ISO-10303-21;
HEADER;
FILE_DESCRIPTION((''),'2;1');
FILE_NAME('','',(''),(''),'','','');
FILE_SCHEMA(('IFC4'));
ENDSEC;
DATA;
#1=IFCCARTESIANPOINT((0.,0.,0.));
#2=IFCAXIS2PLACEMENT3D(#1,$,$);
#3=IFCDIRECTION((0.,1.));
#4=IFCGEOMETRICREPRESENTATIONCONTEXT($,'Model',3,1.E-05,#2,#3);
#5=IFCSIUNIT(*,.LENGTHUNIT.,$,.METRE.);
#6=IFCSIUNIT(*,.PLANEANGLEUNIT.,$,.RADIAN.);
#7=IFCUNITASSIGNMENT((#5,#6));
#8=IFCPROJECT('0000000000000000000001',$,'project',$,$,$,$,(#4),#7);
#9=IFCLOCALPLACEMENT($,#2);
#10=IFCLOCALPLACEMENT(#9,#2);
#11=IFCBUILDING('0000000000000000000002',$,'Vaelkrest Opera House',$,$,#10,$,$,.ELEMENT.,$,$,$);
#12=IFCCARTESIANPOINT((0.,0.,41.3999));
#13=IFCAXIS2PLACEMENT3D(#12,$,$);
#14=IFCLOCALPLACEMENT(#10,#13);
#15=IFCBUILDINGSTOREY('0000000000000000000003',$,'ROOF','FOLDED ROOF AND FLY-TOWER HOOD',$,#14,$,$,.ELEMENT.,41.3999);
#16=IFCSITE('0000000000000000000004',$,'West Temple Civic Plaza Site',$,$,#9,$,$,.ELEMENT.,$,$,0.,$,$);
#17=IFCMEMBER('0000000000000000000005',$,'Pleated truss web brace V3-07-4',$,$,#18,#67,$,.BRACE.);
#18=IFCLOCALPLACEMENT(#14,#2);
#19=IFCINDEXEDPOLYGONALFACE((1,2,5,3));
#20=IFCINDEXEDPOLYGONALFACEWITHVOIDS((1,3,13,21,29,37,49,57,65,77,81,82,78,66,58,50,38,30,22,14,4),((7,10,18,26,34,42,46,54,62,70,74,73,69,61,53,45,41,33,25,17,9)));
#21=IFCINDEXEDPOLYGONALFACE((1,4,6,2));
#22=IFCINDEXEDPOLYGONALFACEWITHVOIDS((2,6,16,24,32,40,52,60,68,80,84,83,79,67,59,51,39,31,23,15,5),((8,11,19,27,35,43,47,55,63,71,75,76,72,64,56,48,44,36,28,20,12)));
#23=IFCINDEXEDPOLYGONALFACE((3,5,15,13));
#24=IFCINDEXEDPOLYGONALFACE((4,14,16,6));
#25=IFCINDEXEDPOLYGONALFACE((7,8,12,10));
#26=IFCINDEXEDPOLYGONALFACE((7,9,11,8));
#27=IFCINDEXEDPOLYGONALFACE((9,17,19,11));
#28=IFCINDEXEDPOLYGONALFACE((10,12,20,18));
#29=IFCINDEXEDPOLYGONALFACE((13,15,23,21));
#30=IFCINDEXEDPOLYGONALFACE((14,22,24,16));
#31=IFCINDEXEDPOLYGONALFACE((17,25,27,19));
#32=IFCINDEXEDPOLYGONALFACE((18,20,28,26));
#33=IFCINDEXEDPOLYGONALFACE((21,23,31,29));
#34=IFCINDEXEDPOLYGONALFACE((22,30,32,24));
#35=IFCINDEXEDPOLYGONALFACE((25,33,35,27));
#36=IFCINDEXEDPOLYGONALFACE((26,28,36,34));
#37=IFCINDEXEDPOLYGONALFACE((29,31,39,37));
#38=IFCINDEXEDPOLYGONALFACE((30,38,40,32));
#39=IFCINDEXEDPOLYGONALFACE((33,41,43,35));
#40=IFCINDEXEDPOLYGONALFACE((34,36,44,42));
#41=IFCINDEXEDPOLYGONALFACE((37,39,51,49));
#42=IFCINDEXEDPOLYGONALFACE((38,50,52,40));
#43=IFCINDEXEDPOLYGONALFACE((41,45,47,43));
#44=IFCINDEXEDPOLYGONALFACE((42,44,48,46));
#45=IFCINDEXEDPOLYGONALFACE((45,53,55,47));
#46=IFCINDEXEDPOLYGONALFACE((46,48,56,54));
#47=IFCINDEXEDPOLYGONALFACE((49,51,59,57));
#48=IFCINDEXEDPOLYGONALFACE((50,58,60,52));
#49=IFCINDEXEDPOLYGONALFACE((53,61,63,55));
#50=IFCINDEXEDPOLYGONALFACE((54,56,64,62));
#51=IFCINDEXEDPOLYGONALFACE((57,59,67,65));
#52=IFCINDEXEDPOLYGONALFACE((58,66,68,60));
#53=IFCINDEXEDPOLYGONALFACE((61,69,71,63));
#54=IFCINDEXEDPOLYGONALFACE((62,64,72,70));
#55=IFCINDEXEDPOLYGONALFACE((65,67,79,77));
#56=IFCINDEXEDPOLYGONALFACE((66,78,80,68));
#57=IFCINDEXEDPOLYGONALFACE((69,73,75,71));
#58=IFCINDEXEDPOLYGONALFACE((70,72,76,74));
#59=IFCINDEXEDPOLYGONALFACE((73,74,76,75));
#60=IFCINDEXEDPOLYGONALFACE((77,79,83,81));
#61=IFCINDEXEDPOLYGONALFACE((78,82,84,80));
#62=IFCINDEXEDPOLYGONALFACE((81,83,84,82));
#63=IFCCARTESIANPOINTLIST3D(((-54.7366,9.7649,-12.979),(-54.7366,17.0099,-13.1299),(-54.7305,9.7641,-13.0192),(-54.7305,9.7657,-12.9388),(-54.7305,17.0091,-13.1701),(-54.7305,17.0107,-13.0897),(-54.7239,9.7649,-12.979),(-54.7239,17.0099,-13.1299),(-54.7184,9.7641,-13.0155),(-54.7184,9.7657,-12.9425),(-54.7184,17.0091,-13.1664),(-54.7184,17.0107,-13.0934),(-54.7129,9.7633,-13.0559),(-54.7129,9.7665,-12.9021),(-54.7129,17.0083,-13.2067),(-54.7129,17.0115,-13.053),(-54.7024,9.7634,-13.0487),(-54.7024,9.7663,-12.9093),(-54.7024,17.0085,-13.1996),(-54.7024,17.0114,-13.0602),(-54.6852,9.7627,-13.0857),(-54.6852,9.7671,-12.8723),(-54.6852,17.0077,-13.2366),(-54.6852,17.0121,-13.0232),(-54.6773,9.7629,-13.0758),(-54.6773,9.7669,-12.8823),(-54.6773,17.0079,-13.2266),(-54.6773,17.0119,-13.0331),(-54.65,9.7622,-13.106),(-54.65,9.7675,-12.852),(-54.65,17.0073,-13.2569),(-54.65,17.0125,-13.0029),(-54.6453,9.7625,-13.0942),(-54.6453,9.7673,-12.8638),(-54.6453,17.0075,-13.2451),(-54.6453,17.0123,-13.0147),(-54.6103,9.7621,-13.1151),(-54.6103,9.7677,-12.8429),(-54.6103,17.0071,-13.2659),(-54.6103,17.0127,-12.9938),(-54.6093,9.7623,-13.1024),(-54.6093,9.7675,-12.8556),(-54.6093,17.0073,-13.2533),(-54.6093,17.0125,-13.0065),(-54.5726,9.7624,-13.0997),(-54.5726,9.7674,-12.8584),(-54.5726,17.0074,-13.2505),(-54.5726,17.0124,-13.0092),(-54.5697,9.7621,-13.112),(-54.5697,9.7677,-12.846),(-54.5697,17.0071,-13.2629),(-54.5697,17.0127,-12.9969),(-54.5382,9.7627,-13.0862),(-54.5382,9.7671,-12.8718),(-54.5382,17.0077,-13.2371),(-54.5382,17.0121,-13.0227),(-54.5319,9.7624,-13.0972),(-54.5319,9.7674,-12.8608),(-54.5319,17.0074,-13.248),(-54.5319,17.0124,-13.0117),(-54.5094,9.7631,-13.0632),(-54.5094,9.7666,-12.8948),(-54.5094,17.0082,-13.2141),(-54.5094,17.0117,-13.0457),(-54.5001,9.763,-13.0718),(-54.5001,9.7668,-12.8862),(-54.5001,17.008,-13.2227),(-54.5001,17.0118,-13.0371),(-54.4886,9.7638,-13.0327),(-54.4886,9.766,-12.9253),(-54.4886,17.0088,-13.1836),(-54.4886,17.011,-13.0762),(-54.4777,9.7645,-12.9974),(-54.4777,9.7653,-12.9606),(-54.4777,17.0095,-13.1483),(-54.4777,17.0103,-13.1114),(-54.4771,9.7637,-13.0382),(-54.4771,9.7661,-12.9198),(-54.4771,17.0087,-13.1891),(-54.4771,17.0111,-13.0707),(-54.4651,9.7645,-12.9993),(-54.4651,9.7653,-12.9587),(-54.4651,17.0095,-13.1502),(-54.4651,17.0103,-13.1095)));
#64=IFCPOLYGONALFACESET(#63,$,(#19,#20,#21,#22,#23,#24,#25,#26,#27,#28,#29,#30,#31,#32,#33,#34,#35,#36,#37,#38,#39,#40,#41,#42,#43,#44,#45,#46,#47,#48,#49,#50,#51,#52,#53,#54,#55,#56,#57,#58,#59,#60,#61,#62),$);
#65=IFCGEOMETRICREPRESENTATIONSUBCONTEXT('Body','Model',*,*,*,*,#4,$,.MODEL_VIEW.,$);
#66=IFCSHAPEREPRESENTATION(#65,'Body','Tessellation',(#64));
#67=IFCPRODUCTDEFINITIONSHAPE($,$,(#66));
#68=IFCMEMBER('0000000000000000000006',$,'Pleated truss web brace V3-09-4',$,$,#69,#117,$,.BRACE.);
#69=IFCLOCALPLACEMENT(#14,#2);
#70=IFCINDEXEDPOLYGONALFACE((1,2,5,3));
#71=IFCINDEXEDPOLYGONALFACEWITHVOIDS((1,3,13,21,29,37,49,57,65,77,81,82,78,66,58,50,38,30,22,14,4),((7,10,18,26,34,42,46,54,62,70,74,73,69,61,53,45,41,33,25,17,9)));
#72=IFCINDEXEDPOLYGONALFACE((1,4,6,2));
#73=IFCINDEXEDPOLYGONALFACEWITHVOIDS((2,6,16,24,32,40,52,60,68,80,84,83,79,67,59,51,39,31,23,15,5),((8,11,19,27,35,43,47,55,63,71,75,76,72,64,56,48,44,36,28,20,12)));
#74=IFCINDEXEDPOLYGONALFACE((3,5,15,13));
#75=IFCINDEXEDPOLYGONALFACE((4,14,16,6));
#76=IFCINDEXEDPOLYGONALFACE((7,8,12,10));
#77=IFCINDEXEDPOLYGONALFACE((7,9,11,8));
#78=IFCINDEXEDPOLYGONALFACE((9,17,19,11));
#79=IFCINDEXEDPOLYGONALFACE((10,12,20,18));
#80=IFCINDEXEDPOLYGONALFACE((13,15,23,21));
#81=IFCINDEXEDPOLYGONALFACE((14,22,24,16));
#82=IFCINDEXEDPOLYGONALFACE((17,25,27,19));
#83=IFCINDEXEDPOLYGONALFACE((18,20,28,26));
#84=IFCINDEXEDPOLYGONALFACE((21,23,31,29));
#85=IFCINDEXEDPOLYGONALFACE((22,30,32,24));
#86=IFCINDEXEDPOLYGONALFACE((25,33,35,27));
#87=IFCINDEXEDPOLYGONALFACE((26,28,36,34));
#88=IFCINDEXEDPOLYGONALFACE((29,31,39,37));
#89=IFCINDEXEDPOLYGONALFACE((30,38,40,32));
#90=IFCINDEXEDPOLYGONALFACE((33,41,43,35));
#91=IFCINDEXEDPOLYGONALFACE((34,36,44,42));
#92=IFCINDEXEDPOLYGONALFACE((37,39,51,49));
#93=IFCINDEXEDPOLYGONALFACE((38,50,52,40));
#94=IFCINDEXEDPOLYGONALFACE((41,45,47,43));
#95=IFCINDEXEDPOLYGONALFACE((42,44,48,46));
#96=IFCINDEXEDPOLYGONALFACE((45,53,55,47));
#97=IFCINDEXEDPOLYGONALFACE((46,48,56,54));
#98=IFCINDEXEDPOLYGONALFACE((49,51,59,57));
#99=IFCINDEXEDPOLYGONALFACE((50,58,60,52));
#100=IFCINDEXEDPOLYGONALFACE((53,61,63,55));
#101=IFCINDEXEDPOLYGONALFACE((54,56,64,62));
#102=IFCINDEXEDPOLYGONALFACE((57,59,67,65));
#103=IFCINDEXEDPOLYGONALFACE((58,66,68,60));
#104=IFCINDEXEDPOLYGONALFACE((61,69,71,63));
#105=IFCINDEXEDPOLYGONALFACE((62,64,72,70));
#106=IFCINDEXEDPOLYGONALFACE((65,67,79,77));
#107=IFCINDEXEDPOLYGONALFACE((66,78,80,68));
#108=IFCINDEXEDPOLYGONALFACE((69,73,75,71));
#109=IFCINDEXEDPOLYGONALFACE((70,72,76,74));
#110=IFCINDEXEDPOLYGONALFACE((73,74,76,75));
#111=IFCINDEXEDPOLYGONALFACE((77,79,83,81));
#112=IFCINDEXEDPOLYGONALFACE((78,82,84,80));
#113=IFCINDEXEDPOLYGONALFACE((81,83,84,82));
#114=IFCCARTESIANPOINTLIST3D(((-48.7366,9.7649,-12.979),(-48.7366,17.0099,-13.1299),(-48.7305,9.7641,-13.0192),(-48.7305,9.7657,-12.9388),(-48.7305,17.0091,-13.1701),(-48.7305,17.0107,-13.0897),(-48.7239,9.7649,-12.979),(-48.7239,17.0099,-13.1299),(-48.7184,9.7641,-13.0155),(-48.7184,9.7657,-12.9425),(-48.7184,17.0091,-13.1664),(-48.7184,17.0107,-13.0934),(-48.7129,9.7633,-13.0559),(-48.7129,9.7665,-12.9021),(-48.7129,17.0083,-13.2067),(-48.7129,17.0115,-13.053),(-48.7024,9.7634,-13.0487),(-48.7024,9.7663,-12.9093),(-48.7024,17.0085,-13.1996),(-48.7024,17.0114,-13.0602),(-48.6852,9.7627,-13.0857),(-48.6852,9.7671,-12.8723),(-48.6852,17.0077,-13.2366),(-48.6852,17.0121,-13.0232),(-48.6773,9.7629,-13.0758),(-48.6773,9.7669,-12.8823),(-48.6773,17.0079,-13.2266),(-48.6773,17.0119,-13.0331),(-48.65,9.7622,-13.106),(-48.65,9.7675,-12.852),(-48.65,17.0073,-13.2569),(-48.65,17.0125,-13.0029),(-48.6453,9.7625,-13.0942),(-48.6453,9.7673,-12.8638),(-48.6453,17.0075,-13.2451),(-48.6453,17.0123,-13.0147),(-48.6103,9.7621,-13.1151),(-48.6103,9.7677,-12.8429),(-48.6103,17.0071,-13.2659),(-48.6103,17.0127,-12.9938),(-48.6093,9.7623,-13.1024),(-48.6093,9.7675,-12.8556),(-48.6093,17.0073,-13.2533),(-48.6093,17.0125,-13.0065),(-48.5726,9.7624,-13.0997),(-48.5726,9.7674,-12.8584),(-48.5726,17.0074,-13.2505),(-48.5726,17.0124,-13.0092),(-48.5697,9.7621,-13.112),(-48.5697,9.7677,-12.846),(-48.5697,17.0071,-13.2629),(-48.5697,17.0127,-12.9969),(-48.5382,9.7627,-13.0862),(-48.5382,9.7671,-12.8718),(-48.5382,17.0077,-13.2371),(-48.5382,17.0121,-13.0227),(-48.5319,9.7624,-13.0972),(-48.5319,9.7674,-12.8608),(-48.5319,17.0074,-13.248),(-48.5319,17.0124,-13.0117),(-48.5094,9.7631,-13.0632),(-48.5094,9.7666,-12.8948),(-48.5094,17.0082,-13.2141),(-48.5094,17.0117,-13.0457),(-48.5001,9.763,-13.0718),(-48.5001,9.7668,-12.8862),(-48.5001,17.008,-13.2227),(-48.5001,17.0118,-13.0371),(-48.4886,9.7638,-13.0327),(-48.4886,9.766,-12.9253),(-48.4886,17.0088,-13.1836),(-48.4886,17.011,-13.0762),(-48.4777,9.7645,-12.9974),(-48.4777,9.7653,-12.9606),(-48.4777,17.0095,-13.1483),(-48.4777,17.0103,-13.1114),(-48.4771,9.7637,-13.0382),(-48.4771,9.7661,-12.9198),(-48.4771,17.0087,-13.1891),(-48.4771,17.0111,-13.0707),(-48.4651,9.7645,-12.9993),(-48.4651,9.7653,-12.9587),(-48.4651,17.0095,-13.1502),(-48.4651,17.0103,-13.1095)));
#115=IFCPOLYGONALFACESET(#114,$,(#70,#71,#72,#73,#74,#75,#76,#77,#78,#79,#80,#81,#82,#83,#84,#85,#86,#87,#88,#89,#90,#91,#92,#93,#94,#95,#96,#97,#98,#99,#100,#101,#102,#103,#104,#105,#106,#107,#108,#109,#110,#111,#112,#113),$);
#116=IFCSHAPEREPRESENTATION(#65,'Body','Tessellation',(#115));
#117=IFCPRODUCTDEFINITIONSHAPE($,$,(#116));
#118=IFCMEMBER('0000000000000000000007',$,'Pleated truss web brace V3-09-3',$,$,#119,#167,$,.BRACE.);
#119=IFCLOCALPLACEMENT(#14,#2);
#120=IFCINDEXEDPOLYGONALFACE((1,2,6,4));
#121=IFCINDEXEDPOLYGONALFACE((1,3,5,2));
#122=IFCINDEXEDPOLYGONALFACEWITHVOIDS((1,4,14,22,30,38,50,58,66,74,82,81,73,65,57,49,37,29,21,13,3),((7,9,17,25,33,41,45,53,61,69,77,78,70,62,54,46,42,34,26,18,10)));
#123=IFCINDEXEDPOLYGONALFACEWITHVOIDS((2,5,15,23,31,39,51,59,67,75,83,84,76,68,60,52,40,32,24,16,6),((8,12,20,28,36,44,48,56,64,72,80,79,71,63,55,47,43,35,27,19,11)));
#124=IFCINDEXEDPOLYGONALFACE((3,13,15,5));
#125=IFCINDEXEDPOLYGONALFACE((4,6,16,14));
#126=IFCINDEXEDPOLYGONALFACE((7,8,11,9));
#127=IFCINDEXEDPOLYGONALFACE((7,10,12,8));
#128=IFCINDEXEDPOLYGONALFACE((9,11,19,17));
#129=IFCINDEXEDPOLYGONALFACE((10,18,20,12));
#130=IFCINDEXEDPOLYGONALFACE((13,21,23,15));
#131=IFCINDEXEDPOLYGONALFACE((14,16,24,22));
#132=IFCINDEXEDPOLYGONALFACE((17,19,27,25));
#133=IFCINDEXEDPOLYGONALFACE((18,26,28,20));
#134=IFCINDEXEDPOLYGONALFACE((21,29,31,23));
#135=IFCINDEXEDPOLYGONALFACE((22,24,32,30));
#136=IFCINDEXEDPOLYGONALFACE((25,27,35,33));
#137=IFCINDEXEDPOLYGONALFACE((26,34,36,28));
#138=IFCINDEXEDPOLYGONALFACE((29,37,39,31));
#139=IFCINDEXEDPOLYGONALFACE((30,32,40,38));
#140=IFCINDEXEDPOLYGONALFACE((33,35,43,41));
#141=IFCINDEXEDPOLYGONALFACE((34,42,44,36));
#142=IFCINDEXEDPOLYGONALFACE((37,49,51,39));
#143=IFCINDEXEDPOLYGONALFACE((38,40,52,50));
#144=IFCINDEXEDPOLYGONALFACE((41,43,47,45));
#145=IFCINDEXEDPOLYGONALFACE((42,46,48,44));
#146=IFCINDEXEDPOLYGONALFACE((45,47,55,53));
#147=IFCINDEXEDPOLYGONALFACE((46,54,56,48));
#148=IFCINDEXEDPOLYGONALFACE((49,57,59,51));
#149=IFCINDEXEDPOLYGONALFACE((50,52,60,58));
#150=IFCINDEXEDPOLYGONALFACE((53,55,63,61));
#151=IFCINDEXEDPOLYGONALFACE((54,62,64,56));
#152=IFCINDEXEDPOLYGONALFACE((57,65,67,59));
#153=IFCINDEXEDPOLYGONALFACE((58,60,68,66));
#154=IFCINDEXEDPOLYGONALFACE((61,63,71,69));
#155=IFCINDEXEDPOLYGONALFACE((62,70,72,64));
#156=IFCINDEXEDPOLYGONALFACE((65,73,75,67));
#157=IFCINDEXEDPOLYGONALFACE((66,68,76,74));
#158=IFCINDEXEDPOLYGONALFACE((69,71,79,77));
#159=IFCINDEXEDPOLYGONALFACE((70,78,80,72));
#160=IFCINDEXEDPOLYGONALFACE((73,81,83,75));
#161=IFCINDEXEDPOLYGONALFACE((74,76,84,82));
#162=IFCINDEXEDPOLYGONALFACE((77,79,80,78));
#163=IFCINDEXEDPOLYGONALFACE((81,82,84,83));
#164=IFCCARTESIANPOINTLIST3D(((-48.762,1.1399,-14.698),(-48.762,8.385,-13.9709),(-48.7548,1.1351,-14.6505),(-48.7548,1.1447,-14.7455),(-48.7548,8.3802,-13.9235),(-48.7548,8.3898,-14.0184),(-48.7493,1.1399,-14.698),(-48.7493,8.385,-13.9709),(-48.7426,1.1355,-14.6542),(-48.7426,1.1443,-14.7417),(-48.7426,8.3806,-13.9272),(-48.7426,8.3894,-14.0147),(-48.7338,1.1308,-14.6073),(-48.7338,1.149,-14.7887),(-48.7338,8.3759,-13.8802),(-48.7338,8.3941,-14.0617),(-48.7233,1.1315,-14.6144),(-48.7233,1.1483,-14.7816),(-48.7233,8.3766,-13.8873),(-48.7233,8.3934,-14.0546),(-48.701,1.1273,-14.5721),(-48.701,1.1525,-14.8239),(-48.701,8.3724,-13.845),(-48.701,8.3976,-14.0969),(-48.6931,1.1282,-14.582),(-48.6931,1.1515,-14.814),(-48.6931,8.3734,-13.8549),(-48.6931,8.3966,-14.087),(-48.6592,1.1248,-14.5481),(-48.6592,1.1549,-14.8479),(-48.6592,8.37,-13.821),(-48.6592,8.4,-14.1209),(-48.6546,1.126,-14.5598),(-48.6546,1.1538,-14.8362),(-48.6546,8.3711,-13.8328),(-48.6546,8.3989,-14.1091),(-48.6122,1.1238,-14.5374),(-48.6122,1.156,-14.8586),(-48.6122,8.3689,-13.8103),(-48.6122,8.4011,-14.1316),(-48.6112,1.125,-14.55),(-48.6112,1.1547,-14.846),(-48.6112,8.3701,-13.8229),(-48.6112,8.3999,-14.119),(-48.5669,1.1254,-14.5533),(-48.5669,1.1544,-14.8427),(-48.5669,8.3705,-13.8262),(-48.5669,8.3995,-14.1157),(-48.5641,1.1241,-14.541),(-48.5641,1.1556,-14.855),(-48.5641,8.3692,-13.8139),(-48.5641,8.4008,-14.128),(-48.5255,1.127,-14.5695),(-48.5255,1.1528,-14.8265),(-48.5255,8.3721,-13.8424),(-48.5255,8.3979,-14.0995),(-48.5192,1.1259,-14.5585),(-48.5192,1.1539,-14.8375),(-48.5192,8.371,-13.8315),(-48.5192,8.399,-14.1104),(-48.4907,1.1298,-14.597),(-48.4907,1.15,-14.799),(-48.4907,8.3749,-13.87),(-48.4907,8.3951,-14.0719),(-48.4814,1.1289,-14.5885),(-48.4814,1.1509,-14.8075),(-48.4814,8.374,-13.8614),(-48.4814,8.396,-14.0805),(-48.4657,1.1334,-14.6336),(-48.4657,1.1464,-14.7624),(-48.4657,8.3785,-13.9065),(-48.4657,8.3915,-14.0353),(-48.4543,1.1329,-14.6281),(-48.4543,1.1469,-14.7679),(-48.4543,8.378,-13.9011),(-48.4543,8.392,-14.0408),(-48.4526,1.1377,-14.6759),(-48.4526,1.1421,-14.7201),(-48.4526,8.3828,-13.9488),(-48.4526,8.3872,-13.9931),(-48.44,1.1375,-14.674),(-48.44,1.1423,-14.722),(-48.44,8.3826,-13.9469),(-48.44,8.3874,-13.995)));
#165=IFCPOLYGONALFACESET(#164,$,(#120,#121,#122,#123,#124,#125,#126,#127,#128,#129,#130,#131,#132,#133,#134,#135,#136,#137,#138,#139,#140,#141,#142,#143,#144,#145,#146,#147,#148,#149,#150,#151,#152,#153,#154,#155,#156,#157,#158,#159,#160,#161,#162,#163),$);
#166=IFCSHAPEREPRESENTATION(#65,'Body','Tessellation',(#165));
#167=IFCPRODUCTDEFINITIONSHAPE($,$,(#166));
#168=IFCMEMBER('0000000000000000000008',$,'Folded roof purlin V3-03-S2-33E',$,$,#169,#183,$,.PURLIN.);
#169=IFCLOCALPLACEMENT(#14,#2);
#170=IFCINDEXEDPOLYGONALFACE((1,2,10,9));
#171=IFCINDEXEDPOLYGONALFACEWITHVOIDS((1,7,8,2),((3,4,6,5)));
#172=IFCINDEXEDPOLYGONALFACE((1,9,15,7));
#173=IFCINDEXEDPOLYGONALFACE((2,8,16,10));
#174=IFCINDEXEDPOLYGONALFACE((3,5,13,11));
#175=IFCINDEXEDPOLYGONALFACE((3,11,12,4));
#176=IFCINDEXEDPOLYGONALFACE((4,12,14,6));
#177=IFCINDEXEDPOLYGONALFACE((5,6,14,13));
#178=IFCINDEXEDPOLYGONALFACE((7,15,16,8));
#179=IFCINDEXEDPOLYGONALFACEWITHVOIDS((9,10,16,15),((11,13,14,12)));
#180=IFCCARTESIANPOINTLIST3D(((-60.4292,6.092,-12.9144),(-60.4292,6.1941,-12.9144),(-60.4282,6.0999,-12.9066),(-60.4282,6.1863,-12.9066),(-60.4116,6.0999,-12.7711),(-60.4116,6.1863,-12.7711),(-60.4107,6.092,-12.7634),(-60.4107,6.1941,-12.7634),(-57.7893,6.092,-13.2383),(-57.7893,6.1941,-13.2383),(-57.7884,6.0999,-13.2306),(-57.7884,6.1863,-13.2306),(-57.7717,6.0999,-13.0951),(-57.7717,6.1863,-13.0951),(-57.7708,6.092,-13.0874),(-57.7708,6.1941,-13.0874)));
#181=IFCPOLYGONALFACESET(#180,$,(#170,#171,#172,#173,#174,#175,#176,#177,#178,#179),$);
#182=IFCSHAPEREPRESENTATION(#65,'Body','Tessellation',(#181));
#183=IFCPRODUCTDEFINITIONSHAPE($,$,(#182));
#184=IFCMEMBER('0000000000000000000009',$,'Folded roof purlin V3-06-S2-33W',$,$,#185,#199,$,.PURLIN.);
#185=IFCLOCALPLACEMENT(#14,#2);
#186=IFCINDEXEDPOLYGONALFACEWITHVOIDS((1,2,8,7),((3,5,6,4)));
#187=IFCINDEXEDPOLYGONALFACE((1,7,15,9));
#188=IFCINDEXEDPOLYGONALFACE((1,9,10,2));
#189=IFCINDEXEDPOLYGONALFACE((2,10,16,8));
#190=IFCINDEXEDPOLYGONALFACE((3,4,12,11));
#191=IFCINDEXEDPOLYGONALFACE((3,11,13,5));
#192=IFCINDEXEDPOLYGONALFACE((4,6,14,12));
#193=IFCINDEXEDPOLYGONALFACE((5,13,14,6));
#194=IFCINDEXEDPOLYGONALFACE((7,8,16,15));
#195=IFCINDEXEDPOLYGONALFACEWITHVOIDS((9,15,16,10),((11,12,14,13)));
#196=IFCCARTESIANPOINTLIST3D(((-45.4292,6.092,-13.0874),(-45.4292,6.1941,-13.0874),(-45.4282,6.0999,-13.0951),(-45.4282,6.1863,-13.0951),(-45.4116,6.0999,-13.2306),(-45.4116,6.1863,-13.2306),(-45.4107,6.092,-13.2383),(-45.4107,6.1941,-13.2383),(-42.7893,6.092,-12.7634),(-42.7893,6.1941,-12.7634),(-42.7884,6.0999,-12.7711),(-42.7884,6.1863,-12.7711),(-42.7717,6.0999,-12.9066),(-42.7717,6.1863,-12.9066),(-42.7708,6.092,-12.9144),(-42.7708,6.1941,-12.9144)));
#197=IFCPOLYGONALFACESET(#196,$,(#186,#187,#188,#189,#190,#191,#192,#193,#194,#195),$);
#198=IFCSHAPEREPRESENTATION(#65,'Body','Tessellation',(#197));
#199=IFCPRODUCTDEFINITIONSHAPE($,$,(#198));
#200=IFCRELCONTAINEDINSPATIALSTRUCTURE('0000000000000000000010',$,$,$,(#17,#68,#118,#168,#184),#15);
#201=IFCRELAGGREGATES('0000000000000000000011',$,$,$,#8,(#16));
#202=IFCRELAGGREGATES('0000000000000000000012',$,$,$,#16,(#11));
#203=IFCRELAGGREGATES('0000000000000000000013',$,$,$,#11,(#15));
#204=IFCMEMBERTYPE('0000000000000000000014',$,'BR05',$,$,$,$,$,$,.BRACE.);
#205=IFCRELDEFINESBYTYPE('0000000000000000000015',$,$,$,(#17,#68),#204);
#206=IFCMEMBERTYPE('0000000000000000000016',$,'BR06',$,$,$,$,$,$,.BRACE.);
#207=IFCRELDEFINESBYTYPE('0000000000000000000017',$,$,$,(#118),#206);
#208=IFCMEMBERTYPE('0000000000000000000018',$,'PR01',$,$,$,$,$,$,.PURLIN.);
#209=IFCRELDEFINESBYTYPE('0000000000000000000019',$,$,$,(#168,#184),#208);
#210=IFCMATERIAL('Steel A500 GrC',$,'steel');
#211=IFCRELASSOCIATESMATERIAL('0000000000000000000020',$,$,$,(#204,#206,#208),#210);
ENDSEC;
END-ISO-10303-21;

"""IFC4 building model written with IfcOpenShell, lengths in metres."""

from ifc_helpers import new_model, si_unit, direction, frame, origin, origin_2d, place, context, subcontext, project, spatial, hollow_rectangle, hollow_circle, extrude, material, material_profile, profile_set, type_object, element, save


model = new_model("IFC4")

# Units and contexts
model_context = context("Model", 3, precision=1e-05, world=origin(), true_north=direction((0.0, 1.0)))
body_context = subcontext(model_context, "Body", "Model", "MODEL_VIEW")
ifc_project = project(units=[si_unit("LENGTHUNIT", "METRE"), si_unit("PLANEANGLEUNIT", "RADIAN")], contexts=[model_context])

# Site, building, storey
site_placement = place(None, origin())
site = spatial("IfcSite", under=ifc_project, at=site_placement, Name="West Temple Civic Plaza Site", CompositionType="ELEMENT", RefElevation=0.0)
building_placement = place(site_placement, origin())
building = spatial("IfcBuilding", under=site, at=building_placement, Name="Vaelkrest Opera House", CompositionType="ELEMENT")
storey_placement = place(building_placement, frame((0.0, 0.0, 41.3999)))
storey = spatial("IfcBuildingStorey", under=building, at=storey_placement, Name="ROOF", Description="FOLDED ROOF AND FLY-TOWER HOOD", CompositionType="ELEMENT", Elevation=41.3999)

# Members
ifc_material_1 = material(Name="Steel A500 GrC", Category="steel")
ifc_material_profile_1 = material_profile(ifc_material_1, hollow_circle(Radius=0.1365, WallThickness=0.0127, at=origin_2d()), Name="HSS273.1X12.7")
ifc_profile_set_1 = profile_set([ifc_material_profile_1], Name="Steel A500 GrC")
member_type_1 = type_object("IfcMemberType", Name="BR05", PredefinedType="BRACE", material=ifc_profile_set_1)
for number, where, z_axis, x_axis, name in (
    (1, (-54.6001, 9.7649, -12.979), (0.0, 0.999783, -0.02082), (-1.0, 0.0, 0.0), "Pleated truss web brace V3-07-4"),
    (2, (-48.6001, 9.7649, -12.979), (0.0, 0.999783, -0.02082), (-1.0, 0.0, 0.0), "Pleated truss web brace V3-09-4"),
):
    element("IfcMember", number, at=place(storey_placement, frame(where, z_axis=z_axis, x_axis=x_axis)), inside=storey, type_object=member_type_1, Name=name, PredefinedType="BRACE", context=body_context, shape_type="SweptSolid", body=[
        extrude(hollow_circle(Radius=0.1365, WallThickness=0.0127, at=origin_2d()), origin(), (0.0, 0.0, 1.0), 7.2466),
    ])
ifc_material_profile_2 = material_profile(ifc_material_1, hollow_circle(Radius=0.1619, WallThickness=0.0127, at=origin_2d()), Name="HSS323.9X12.7")
ifc_profile_set_2 = profile_set([ifc_material_profile_2], Name="Steel A500 GrC")
member_type_2 = type_object("IfcMemberType", Name="BR06", PredefinedType="BRACE", material=ifc_profile_set_2)
member_placement = place(storey_placement, frame((-48.6001, 1.1399, -14.698), z_axis=(0.0, 0.995003, 0.099849), x_axis=(-1.0, 0.0, 0.0)))
element("IfcMember", 3, at=member_placement, inside=storey, type_object=member_type_2, Name="Pleated truss web brace V3-09-3", PredefinedType="BRACE", context=body_context, shape_type="SweptSolid", body=[
    extrude(hollow_circle(Radius=0.1619, WallThickness=0.0127, at=origin_2d()), origin(), (0.0, 0.0, 1.0), 7.2815),
])
ifc_material_profile_3 = material_profile(ifc_material_1, hollow_rectangle(XDim=0.1021, YDim=0.1521, WallThickness=0.0078, at=origin_2d()), Name="HSS152X102X8")
ifc_profile_set_3 = profile_set([ifc_material_profile_3], Name="Steel A500 GrC")
member_type_3 = type_object("IfcMemberType", Name="PR01", PredefinedType="PURLIN", material=ifc_profile_set_3)
for number, where, z_axis, x_axis, name in (
    (4, (-60.4199, 6.1431, -12.8389), (0.992554, 0.0, -0.121809), (0.0, 1.0, 0.0), "Folded roof purlin V3-03-S2-33E"),
    (5, (-45.4199, 6.1431, -13.1628), (0.992554, 0.0, 0.121809), (0.0, 1.0, 0.0), "Folded roof purlin V3-06-S2-33W"),
):
    element("IfcMember", number, at=place(storey_placement, frame(where, z_axis=z_axis, x_axis=x_axis)), inside=storey, type_object=member_type_3, Name=name, PredefinedType="PURLIN", context=body_context, shape_type="SweptSolid", body=[
        extrude(hollow_rectangle(XDim=0.1021, YDim=0.1521, WallThickness=0.0078, at=origin_2d()), origin(), (0.0, 0.0, 1.0), 2.6597),
    ])

save(model, "model.ifc")
